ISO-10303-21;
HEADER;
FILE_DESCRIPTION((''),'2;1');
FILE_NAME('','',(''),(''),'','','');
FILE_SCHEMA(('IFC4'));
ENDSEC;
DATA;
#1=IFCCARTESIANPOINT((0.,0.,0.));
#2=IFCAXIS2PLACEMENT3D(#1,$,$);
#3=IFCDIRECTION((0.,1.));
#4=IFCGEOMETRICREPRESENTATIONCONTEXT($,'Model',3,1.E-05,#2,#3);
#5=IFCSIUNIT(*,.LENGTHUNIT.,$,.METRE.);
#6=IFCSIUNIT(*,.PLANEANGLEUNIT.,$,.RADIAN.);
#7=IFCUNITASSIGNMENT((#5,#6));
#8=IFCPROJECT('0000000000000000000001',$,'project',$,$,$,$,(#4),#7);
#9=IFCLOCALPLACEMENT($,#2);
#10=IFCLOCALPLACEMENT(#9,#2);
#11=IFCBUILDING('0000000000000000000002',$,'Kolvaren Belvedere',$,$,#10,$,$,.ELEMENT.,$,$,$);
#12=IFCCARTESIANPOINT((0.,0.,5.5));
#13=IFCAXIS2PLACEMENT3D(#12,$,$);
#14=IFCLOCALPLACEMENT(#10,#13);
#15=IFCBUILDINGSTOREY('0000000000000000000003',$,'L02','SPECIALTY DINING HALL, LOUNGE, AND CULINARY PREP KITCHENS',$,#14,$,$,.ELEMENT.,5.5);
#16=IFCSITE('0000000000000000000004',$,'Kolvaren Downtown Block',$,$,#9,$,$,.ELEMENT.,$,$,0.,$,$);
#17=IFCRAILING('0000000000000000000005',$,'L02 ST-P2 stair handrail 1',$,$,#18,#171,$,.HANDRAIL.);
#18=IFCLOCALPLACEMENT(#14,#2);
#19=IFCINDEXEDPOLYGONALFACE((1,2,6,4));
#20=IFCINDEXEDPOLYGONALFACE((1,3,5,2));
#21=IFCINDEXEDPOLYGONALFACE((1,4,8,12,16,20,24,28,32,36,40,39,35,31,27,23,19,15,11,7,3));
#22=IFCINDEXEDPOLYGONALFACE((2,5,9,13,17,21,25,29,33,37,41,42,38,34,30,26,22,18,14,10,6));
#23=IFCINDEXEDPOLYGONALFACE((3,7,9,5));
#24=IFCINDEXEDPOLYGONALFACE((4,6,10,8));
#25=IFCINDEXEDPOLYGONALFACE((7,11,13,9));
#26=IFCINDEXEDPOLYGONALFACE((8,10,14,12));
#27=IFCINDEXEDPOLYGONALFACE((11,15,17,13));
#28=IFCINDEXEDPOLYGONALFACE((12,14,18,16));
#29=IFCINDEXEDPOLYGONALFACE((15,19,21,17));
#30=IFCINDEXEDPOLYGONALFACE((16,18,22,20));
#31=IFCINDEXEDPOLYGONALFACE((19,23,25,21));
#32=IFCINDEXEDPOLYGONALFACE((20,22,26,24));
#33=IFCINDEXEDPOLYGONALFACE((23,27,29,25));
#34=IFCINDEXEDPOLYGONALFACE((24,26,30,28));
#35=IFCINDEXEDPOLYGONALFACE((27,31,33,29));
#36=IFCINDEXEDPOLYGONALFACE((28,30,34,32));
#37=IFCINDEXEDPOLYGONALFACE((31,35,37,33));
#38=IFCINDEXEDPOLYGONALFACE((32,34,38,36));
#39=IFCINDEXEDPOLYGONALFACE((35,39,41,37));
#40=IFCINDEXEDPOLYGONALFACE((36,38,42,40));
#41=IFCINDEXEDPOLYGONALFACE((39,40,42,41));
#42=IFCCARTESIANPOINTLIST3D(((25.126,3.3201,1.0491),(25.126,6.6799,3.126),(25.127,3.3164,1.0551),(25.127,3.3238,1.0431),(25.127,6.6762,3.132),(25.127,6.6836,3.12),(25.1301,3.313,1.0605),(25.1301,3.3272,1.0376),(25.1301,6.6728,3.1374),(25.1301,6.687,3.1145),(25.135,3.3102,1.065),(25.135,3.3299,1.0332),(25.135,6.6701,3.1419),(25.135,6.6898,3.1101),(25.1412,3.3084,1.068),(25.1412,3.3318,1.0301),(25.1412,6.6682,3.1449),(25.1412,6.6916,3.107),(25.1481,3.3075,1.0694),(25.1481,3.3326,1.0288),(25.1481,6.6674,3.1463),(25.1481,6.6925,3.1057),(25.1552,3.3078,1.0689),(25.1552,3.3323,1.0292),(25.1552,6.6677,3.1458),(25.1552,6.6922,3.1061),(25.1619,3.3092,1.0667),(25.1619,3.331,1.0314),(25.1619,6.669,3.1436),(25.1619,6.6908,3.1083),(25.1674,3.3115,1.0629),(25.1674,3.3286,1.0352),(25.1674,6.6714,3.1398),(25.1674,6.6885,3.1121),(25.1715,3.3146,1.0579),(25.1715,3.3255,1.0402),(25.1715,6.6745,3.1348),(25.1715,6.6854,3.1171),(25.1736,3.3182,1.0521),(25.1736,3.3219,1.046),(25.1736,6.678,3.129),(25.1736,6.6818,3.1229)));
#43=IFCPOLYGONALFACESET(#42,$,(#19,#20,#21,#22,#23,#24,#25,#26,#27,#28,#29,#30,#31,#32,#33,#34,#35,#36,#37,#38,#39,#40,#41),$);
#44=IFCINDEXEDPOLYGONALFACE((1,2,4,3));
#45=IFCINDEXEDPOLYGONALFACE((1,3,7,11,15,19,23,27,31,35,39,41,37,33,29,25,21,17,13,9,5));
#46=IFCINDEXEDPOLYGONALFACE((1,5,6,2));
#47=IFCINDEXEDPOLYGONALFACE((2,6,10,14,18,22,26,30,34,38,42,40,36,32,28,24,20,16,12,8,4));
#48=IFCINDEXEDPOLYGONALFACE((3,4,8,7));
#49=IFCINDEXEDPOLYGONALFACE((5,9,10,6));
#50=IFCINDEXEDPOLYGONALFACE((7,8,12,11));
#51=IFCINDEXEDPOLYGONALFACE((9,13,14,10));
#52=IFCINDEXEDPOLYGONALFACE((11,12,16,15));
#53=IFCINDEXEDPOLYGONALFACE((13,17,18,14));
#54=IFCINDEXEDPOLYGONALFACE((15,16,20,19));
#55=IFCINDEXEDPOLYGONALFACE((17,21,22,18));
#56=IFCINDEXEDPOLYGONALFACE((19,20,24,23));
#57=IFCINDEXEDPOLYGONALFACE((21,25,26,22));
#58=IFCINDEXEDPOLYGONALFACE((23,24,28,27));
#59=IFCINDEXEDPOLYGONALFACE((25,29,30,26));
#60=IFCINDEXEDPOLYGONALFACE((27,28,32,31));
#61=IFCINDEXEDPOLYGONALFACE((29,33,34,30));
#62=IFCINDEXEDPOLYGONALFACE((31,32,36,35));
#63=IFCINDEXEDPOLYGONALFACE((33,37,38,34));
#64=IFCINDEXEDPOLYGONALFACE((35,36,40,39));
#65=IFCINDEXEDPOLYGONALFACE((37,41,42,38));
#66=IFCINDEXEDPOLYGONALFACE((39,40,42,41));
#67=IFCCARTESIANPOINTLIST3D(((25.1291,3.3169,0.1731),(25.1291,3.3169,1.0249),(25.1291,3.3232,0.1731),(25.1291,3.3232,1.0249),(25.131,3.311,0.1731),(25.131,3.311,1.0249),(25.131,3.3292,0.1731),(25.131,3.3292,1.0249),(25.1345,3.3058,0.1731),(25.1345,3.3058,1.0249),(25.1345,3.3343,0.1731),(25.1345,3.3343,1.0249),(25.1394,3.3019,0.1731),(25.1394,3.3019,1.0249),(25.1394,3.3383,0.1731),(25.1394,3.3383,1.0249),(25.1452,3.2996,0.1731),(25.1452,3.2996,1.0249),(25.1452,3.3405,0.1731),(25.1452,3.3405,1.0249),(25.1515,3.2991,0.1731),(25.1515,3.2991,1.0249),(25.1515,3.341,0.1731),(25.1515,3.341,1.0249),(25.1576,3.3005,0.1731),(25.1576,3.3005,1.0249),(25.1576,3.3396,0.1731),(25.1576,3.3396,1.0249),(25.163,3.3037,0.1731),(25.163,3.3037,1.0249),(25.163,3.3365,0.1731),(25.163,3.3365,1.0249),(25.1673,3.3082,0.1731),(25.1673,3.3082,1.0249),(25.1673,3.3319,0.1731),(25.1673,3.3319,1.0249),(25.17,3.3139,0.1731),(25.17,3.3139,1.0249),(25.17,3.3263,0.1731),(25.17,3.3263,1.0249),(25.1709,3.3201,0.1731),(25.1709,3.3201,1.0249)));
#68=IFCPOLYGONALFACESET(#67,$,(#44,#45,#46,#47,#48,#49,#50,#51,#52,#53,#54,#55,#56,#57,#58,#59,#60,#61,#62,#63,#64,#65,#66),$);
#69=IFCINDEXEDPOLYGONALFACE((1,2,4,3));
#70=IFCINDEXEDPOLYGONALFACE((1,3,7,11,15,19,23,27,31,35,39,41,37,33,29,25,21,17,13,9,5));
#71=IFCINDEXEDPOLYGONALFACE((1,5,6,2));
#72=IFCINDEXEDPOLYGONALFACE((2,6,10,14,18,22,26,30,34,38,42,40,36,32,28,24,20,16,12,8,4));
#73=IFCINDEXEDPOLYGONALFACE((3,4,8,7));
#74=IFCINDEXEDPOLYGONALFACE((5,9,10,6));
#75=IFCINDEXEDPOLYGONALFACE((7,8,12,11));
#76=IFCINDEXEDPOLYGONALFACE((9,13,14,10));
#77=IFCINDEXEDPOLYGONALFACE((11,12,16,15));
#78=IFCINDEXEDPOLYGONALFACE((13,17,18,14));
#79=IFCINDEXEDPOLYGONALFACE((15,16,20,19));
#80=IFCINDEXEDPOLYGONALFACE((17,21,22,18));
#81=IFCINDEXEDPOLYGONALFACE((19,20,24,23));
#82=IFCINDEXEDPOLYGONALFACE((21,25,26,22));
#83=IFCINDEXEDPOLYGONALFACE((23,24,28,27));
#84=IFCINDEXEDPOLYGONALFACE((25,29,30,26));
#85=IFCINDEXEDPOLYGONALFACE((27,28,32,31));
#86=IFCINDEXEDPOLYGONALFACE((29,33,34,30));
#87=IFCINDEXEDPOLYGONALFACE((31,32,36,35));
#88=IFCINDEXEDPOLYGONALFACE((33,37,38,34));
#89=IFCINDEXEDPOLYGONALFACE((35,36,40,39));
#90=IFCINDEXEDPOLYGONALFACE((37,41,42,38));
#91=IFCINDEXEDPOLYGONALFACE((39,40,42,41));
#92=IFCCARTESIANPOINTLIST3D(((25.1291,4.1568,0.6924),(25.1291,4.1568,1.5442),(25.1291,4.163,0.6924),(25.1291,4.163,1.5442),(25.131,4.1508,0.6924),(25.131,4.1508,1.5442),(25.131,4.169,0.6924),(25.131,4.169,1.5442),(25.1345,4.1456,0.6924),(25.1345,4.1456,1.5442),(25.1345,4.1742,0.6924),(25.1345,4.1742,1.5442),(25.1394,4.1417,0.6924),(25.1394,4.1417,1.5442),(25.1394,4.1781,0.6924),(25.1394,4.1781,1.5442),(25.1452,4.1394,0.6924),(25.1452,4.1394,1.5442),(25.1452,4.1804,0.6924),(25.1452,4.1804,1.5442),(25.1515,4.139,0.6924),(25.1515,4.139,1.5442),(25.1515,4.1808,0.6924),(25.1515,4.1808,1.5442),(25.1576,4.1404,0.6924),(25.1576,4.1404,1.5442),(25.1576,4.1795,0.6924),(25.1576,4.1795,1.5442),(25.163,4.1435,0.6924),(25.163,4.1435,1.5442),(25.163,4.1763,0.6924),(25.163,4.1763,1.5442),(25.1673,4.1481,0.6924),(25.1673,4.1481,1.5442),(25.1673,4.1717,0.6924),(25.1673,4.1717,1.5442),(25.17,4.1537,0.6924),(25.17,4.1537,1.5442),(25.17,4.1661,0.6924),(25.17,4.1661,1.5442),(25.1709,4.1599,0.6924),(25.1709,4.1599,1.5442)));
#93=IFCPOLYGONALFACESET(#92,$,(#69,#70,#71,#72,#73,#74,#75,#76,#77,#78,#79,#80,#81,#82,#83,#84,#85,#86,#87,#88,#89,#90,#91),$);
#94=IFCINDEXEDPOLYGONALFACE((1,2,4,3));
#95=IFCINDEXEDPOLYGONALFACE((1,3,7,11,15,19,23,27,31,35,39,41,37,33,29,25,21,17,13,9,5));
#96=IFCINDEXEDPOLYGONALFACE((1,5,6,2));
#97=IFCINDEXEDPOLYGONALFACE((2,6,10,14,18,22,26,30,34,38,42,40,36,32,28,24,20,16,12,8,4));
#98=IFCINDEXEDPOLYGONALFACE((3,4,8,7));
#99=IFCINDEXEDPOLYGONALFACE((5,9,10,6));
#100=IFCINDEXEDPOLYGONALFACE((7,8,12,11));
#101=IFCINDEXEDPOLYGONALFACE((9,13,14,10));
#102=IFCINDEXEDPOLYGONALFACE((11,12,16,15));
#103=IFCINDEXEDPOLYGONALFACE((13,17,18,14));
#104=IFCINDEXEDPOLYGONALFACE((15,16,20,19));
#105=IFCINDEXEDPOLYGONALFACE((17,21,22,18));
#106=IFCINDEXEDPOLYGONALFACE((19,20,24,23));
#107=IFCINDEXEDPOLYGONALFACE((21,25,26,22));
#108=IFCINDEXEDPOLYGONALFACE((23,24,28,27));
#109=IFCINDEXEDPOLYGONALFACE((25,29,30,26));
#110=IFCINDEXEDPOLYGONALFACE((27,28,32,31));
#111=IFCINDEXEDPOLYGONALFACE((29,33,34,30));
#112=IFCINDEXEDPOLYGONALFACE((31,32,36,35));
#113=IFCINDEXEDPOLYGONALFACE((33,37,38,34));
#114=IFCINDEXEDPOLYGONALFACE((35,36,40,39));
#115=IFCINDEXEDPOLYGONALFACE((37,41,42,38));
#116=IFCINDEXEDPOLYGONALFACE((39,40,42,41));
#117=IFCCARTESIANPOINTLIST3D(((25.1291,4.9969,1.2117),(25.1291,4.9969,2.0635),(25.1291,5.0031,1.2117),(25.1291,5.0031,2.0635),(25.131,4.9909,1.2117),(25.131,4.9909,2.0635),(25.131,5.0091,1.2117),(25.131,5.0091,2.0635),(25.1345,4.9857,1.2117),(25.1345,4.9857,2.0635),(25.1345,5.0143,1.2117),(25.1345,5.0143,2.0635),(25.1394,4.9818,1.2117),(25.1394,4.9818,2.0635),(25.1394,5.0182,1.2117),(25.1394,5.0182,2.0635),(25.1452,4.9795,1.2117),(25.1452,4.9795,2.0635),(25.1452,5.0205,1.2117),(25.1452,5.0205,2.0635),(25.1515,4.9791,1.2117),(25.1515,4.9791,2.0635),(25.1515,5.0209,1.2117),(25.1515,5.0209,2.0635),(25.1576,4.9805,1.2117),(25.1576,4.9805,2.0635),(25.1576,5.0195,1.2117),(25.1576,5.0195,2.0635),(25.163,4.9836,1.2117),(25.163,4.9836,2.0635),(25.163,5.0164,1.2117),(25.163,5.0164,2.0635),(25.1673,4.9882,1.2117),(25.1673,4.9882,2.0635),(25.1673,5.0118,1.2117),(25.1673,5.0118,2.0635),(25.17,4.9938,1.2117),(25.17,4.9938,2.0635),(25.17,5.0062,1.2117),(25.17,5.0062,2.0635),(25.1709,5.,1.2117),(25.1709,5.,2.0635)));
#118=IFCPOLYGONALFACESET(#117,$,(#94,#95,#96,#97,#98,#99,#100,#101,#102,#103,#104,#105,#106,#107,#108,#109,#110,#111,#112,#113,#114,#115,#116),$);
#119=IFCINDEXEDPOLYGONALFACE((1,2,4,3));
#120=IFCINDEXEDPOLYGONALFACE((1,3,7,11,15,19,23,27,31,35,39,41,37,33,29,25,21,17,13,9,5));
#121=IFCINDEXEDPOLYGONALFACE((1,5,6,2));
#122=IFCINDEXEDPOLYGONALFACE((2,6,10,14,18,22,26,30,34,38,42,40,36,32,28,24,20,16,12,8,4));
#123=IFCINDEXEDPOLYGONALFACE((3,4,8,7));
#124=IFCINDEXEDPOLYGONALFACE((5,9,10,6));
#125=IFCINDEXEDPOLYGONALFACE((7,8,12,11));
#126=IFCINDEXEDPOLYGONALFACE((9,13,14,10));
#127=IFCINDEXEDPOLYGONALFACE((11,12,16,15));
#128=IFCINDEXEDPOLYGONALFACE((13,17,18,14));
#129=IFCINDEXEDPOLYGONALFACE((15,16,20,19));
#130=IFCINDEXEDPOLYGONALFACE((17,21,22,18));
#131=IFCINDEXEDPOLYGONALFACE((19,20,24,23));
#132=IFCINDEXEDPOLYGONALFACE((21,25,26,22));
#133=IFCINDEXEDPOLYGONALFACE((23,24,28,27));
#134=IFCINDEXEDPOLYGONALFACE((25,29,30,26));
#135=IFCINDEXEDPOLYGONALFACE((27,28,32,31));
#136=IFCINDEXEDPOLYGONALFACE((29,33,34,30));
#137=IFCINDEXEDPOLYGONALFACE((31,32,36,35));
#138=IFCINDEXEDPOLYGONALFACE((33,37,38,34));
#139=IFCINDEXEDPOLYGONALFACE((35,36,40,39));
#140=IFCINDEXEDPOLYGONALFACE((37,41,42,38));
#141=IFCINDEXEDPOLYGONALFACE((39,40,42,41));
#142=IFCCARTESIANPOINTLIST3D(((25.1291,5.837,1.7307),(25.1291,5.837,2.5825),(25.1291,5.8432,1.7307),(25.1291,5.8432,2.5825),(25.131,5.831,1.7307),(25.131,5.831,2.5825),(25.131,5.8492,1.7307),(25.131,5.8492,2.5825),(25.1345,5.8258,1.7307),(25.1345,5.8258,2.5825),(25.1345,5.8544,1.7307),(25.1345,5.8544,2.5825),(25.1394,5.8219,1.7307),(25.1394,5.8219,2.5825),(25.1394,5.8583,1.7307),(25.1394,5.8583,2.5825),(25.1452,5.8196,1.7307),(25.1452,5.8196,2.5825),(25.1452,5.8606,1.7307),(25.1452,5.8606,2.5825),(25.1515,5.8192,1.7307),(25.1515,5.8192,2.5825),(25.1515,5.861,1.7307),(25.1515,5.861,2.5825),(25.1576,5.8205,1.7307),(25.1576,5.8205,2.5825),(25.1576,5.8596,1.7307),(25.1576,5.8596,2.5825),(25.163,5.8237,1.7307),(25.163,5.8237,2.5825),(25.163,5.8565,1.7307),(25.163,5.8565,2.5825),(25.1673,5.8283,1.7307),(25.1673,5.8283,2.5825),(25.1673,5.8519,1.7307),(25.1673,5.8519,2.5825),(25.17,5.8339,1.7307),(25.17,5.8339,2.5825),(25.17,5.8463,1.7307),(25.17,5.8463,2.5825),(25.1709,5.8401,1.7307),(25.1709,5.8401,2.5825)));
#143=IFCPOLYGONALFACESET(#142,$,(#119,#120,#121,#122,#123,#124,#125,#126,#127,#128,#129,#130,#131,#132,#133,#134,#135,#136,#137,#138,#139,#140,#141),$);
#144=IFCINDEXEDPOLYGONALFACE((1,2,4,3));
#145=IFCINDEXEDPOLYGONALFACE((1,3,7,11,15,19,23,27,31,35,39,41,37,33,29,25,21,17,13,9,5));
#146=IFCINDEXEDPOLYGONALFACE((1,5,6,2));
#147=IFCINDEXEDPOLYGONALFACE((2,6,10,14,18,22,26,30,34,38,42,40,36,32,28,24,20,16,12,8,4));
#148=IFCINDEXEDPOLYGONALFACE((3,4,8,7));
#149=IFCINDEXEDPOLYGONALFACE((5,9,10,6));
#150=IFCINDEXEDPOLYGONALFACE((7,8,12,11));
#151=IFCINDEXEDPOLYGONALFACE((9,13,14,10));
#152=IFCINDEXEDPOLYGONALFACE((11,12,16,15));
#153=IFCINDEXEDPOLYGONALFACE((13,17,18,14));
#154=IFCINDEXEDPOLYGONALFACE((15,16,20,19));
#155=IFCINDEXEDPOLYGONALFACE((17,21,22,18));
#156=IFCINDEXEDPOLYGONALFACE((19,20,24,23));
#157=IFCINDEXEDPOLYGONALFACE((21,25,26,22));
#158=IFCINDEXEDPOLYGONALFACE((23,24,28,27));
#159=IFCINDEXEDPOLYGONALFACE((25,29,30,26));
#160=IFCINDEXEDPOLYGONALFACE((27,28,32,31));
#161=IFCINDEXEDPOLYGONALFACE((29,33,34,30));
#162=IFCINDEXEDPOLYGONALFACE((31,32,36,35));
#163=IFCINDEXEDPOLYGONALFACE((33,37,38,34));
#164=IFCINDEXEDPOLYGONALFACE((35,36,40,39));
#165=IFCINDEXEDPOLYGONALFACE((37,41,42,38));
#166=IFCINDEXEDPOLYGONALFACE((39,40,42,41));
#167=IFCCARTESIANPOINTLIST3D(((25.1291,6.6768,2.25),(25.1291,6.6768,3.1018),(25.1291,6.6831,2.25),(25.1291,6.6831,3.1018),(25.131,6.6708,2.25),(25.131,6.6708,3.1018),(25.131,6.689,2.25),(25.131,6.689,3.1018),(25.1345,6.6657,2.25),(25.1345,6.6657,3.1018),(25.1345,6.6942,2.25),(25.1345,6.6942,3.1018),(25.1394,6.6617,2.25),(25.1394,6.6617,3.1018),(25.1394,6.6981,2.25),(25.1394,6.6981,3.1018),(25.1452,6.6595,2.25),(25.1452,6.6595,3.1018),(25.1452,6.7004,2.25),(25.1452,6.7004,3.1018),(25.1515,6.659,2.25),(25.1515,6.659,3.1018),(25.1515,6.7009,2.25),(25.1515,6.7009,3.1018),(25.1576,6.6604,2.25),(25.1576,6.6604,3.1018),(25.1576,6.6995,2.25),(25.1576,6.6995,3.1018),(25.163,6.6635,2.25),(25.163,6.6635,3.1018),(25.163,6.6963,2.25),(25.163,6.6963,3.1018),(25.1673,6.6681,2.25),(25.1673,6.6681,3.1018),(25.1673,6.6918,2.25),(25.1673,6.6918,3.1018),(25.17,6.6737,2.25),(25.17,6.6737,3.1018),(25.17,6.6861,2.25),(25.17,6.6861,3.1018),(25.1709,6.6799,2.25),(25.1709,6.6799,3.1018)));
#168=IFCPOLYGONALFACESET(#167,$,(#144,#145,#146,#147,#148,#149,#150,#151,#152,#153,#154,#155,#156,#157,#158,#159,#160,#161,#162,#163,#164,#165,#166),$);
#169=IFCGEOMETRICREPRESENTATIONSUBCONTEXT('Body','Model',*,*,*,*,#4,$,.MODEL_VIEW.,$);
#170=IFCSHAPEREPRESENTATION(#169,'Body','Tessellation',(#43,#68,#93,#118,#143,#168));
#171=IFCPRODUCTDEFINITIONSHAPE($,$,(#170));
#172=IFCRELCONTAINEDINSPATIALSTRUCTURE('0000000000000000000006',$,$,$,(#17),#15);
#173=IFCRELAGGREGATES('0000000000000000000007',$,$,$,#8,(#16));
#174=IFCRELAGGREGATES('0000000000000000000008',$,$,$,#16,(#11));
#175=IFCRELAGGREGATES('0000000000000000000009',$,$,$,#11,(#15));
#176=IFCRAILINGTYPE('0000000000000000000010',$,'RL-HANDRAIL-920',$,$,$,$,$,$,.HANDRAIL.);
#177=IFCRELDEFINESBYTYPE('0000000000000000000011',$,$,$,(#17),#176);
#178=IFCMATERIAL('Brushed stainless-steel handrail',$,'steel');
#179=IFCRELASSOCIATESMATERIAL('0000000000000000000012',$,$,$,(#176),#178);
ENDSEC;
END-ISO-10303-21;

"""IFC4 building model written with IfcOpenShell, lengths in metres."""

from ifc_helpers import new_model, si_unit, direction, frame, origin, origin_2d, place, context, subcontext, project, spatial, circle, extrude, material, type_object, element, save


model = new_model("IFC4")

# Units and contexts
model_context = context("Model", 3, precision=1e-05, world=origin(), true_north=direction((0.0, 1.0)))
body_context = subcontext(model_context, "Body", "Model", "MODEL_VIEW")
ifc_project = project(units=[si_unit("LENGTHUNIT", "METRE"), si_unit("PLANEANGLEUNIT", "RADIAN")], contexts=[model_context])

# Site, building, storey
site_placement = place(None, origin())
site = spatial("IfcSite", under=ifc_project, at=site_placement, Name="Kolvaren Downtown Block", CompositionType="ELEMENT", RefElevation=0.0)
building_placement = place(site_placement, origin())
building = spatial("IfcBuilding", under=site, at=building_placement, Name="Kolvaren Belvedere", CompositionType="ELEMENT")
storey_placement = place(building_placement, frame((0.0, 0.0, 5.5)))
storey = spatial("IfcBuildingStorey", under=building, at=storey_placement, Name="L02", Description="SPECIALTY DINING HALL, LOUNGE, AND CULINARY PREP KITCHENS", CompositionType="ELEMENT", Elevation=5.5)

# Railing
ifc_material_1 = material(Name="Brushed stainless-steel handrail", Category="steel")
railing_type_1 = type_object("IfcRailingType", Name="RL-HANDRAIL-920", PredefinedType="HANDRAIL", material=ifc_material_1)
for number, where, name in (
    (1, (25.1499, 3.3201, 0.1731), "L02 ST-P2 stair handrail 1"),
):
    element("IfcRailing", number, at=place(storey_placement, frame(where)), inside=storey, type_object=railing_type_1, Name=name, PredefinedType="HANDRAIL", context=body_context, shape_type="SweptSolid", body=[
        extrude(circle(Radius=0.0239, at=origin_2d()), frame((0.0, 0.0, 0.876), z_axis=(0.0, 0.850606, 0.525803), x_axis=(-1.0, 0.0, 0.0)), (0.0, 0.0, 1.0), 3.95),
        extrude(circle(Radius=0.021, at=origin_2d()), origin(), (0.0, 0.0, 1.0), 0.8518),
        extrude(circle(Radius=0.021, at=origin_2d()), frame((0.0, 0.8398, 0.5193)), (0.0, 0.0, 1.0), 0.8518),
        extrude(circle(Radius=0.021, at=origin_2d()), frame((0.0, 1.6799, 1.0386)), (0.0, 0.0, 1.0), 0.8518),
        extrude(circle(Radius=0.021, at=origin_2d()), frame((0.0, 2.52, 1.5576)), (0.0, 0.0, 1.0), 0.8518),
        extrude(circle(Radius=0.021, at=origin_2d()), frame((0.0, 3.3599, 2.0769)), (0.0, 0.0, 1.0), 0.8518),
    ])

save(model, "model.ifc")
